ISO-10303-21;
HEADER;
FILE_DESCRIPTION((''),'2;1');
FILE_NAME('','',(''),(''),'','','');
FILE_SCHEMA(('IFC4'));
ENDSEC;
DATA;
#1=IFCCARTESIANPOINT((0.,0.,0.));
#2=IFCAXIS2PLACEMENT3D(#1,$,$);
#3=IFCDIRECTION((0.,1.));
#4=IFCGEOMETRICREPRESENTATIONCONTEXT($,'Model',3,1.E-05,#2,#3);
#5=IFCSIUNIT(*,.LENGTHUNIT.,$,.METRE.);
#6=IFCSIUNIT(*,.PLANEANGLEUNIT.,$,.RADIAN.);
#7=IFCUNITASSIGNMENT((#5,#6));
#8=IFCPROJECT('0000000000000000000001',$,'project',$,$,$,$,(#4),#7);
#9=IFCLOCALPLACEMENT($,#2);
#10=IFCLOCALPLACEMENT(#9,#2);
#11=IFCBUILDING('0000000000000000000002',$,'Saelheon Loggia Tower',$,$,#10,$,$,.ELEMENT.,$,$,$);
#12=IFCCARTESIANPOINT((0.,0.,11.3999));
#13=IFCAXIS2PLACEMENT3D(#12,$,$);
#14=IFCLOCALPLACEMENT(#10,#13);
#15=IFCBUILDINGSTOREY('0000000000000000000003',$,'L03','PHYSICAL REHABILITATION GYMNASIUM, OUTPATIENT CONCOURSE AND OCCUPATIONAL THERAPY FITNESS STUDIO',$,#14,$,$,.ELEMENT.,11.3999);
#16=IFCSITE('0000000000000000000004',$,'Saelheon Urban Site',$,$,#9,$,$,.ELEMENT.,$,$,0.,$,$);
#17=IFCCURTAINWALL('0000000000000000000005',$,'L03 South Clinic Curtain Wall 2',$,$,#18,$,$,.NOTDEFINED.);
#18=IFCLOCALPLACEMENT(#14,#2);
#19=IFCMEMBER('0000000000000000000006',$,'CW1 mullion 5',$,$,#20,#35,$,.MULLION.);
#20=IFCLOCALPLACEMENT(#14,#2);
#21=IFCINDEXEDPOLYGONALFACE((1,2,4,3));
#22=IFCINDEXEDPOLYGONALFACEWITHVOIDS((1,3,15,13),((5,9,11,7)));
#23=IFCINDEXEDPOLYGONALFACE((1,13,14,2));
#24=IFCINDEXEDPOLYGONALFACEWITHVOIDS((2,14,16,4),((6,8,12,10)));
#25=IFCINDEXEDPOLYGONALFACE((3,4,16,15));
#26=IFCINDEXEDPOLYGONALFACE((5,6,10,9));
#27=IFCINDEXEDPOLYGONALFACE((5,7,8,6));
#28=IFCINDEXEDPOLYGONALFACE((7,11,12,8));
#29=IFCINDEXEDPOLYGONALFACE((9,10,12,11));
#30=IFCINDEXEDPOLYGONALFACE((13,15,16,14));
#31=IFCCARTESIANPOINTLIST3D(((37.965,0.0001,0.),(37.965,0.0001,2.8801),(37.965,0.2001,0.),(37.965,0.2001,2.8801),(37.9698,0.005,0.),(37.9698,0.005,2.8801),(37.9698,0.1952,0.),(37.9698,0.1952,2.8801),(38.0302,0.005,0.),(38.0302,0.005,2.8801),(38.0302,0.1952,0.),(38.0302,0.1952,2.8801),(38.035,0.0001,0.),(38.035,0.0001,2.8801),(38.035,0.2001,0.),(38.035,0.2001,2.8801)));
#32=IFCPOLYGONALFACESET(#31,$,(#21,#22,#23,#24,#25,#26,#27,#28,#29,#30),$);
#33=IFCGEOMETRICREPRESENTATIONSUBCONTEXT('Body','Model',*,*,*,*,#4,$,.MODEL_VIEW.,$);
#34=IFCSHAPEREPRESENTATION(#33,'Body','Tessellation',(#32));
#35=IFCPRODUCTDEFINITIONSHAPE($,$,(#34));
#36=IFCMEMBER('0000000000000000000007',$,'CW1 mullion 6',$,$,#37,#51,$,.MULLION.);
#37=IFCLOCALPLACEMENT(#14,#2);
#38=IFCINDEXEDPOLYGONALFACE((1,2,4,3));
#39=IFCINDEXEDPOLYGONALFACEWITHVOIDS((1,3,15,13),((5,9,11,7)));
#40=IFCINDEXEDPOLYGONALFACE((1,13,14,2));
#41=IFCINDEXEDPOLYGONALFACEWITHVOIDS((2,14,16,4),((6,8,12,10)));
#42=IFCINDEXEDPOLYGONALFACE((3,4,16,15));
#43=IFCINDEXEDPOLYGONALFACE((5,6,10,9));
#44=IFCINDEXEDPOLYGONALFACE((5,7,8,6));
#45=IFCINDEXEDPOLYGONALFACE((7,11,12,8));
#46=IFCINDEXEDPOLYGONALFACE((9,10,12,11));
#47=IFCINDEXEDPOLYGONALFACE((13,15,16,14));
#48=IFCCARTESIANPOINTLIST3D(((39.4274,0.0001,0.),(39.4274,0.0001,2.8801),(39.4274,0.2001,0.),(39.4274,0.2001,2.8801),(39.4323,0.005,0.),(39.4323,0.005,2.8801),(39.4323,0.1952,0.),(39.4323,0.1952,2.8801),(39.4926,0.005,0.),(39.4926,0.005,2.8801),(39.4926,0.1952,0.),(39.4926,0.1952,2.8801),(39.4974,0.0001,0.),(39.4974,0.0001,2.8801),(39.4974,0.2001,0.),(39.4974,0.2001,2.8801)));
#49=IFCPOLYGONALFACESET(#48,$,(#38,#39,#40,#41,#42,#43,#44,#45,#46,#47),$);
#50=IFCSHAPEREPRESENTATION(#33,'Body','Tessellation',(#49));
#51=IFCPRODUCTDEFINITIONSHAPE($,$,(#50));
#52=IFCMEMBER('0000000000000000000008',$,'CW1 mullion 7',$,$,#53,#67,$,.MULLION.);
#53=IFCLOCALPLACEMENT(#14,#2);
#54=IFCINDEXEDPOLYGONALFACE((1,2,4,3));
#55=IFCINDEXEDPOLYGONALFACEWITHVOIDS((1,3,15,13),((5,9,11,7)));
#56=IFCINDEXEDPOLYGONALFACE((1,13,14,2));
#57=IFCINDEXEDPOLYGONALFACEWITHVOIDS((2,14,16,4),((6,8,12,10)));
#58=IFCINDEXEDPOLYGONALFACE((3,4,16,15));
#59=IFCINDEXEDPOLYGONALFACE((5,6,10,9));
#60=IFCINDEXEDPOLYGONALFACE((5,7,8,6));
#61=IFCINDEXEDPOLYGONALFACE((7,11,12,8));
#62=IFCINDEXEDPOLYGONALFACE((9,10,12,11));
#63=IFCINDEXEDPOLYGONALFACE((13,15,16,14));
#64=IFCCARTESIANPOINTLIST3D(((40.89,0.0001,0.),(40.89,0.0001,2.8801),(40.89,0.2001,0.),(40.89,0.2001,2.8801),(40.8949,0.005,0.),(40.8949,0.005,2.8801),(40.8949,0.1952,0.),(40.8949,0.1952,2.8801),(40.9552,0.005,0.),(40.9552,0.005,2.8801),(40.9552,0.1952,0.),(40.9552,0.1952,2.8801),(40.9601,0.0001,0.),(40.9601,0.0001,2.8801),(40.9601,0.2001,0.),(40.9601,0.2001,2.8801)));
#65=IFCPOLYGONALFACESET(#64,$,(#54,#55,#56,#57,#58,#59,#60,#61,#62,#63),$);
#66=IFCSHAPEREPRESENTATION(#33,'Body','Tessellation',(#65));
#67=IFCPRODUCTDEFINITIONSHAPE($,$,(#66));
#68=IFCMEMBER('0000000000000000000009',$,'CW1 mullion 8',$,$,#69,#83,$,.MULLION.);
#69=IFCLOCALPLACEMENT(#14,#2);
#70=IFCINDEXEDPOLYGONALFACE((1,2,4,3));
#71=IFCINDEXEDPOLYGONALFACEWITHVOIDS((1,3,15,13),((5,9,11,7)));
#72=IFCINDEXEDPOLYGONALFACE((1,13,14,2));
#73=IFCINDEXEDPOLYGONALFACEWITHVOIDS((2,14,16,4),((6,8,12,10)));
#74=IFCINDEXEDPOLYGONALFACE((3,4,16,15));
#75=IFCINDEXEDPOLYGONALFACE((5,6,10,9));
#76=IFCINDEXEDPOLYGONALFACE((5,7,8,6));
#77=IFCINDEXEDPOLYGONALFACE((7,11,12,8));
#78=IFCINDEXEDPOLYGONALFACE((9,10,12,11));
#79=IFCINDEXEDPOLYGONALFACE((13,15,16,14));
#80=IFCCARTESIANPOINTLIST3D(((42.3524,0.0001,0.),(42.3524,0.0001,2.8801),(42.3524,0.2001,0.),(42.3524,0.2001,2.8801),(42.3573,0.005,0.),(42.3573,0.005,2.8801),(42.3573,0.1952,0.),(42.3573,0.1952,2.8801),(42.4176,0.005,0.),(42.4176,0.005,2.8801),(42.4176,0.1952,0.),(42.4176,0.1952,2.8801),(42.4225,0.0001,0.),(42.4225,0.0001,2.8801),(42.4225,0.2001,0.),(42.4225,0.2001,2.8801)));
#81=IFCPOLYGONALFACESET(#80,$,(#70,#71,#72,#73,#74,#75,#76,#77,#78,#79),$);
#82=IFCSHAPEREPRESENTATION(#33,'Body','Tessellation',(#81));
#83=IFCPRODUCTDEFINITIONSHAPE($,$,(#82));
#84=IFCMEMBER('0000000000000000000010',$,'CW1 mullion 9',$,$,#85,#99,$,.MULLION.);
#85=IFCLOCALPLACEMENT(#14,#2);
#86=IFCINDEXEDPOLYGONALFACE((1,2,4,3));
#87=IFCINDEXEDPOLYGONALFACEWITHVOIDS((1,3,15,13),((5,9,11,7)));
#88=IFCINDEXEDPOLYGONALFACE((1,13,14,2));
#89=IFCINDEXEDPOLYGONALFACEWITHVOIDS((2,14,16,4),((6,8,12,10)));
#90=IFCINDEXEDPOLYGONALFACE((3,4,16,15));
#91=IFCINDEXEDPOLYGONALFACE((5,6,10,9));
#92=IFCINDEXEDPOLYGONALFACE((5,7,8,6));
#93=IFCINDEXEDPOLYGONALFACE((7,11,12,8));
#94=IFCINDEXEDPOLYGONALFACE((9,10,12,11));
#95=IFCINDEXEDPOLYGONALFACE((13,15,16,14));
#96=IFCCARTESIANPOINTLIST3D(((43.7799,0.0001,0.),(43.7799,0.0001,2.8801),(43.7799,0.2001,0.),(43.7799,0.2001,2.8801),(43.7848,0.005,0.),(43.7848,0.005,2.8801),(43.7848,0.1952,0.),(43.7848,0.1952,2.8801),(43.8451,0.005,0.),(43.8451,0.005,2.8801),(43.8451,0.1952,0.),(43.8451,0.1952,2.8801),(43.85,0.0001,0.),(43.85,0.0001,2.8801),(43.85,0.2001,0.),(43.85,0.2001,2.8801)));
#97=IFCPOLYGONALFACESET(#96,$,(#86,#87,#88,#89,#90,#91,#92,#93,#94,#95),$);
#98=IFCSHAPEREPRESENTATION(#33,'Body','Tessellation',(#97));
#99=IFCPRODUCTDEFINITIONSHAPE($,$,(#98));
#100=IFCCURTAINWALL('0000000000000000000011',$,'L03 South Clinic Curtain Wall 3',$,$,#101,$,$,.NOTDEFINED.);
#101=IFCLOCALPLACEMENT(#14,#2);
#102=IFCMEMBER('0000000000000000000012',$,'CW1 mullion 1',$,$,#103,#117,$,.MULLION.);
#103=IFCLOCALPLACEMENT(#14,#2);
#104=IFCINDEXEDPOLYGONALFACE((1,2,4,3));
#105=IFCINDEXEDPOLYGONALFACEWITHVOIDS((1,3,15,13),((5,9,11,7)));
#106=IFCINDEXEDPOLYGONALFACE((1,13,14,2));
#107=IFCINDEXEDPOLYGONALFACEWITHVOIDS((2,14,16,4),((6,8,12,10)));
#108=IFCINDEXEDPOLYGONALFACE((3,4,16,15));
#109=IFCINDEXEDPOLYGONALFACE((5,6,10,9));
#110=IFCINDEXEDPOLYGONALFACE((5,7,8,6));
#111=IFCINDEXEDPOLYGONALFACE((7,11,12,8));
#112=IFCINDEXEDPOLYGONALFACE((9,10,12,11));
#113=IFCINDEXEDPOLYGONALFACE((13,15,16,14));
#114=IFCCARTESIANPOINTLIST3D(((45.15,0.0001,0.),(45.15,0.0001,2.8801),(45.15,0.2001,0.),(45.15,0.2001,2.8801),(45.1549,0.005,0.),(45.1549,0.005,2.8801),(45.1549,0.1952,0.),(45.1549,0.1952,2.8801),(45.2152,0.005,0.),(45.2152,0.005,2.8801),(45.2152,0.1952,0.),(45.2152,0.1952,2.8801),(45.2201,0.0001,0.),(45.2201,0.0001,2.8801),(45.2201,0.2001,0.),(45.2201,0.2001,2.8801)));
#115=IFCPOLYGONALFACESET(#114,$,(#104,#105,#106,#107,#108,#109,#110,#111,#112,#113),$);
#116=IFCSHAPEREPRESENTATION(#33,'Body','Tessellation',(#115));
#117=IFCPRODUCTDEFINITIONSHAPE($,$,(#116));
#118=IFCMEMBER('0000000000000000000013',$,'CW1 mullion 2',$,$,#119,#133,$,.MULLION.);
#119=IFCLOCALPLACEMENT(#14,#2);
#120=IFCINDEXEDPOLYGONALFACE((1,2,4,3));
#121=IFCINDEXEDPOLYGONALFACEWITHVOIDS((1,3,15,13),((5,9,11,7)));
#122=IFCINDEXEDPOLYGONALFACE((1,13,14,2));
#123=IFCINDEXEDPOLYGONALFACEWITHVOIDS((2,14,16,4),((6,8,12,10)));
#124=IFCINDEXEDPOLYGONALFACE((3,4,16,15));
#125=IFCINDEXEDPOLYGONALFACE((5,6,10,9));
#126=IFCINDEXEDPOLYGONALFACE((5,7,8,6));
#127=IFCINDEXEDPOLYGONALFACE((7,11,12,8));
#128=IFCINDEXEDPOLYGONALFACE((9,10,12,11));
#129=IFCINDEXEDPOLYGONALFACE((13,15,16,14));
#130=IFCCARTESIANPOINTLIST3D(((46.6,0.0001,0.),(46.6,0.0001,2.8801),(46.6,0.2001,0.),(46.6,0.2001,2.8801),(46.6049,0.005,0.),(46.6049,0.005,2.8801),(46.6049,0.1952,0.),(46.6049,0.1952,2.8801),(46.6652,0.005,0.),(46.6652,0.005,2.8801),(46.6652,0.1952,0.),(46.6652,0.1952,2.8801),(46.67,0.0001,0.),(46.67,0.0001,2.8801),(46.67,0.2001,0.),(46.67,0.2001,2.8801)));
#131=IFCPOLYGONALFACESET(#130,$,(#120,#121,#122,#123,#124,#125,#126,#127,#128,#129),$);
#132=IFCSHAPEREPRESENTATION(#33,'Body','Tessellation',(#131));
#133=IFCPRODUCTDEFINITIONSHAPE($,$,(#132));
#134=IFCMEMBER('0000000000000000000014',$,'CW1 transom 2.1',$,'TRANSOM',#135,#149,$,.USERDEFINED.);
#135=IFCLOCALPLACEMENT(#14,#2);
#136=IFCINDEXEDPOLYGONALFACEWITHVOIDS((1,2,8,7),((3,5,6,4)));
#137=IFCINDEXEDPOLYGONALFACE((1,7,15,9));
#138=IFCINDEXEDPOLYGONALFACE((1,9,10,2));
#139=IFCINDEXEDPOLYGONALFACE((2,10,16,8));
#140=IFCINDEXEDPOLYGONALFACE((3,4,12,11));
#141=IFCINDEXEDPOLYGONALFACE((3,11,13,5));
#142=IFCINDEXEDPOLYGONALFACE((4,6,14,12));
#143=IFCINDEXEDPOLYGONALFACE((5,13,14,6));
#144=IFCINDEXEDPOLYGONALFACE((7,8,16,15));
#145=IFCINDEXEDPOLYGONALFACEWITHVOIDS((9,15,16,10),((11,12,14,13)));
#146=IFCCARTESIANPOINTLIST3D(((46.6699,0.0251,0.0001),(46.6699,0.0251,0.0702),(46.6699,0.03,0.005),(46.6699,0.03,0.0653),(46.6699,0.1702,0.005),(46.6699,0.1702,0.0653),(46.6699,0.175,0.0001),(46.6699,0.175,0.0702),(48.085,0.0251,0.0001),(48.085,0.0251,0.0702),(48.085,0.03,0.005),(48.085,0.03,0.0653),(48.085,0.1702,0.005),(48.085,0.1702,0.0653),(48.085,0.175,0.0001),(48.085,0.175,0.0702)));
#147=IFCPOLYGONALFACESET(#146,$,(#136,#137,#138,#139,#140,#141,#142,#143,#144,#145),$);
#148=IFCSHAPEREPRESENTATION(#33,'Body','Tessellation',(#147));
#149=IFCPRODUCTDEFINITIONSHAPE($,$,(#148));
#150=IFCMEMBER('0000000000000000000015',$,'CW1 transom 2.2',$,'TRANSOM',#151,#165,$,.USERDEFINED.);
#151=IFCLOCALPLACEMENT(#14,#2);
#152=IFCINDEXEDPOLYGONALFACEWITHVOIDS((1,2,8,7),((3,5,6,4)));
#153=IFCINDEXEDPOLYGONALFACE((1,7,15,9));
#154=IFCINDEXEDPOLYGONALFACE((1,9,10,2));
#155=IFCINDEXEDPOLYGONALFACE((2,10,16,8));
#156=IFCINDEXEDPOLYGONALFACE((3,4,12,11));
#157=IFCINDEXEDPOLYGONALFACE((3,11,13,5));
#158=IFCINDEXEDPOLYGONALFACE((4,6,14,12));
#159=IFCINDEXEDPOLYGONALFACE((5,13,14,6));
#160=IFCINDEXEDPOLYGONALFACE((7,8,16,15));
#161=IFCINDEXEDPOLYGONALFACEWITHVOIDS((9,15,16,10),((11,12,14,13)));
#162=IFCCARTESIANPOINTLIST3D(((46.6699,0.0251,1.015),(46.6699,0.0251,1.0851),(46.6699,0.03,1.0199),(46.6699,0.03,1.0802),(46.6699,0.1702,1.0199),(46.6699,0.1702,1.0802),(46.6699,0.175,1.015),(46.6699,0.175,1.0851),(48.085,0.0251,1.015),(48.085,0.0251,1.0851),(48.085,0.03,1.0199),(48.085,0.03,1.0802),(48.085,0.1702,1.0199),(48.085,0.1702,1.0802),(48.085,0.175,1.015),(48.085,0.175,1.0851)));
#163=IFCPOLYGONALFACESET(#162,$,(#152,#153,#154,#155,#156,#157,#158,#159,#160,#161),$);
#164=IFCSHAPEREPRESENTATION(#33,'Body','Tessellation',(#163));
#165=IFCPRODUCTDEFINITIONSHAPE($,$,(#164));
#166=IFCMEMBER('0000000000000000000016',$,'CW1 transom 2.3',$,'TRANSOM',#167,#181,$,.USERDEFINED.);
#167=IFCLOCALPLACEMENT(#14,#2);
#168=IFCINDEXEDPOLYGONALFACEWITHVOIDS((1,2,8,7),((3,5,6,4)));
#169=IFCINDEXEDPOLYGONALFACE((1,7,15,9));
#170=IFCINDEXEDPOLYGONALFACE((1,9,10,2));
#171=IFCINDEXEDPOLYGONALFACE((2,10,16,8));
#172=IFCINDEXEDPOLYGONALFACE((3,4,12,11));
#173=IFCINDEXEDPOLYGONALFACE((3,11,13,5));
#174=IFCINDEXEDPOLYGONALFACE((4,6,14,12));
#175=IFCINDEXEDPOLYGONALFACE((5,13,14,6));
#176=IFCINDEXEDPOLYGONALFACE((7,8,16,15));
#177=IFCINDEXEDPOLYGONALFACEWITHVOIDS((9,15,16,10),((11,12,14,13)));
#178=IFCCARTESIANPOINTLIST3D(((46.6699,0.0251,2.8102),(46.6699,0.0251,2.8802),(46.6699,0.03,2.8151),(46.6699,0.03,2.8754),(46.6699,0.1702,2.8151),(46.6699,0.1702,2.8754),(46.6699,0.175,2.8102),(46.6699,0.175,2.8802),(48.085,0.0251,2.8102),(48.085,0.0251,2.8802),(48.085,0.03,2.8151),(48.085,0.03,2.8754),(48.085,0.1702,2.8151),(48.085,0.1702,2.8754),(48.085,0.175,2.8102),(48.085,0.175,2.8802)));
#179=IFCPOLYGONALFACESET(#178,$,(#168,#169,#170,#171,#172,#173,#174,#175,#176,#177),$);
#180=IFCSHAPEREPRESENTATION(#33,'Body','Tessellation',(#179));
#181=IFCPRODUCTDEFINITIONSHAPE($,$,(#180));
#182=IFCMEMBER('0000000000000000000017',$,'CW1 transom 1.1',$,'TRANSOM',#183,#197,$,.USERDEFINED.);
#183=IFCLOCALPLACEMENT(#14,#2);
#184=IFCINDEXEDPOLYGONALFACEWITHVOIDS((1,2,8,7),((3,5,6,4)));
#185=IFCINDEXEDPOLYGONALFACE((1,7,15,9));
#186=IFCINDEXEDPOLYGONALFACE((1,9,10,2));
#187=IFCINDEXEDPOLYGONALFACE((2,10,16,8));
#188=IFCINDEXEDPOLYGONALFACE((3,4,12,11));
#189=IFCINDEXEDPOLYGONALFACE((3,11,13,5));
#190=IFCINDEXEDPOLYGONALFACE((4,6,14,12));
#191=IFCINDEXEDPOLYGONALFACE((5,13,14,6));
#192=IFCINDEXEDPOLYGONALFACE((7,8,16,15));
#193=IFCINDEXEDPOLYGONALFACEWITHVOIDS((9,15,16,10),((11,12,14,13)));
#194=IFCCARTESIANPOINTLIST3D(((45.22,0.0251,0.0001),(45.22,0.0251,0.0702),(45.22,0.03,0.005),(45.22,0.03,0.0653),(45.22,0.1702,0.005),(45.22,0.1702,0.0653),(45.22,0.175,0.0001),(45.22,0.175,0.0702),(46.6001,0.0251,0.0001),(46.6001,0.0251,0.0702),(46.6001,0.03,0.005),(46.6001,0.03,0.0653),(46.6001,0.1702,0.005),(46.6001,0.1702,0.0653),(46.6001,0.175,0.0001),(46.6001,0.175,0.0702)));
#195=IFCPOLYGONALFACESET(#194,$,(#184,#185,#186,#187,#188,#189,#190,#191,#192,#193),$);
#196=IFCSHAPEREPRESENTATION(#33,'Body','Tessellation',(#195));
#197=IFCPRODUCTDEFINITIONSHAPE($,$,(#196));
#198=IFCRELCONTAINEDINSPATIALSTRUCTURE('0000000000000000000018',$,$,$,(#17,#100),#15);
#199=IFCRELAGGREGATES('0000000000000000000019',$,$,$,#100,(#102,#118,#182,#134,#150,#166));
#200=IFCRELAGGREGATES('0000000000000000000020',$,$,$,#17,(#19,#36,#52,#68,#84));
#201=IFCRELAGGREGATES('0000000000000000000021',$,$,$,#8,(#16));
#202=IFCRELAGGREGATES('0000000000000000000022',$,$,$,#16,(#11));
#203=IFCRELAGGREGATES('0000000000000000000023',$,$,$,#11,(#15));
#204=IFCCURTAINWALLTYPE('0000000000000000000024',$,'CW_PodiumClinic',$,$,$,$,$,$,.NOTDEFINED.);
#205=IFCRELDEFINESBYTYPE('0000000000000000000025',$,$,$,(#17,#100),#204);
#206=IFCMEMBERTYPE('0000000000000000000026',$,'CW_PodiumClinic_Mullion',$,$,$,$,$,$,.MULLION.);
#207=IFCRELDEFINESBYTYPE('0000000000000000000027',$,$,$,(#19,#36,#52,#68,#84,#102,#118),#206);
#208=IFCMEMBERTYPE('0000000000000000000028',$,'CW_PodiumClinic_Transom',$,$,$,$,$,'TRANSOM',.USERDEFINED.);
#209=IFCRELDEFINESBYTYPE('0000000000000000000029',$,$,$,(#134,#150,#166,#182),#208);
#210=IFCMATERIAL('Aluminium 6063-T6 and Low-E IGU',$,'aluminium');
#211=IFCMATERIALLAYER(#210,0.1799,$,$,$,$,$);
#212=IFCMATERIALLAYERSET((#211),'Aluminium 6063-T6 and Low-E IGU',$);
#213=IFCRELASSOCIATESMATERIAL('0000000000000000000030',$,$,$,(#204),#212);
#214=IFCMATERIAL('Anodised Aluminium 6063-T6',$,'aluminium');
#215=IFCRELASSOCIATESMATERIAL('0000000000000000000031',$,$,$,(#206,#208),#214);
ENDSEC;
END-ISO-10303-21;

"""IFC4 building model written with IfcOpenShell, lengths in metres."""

from ifc_helpers import new_model, si_unit, direction, frame, origin, origin_2d, place, context, subcontext, project, spatial, hollow_rectangle, extrude, source, transform, mapped, material, layer, layer_set, material_profile, profile_set, type_object, element, aggregate, save


model = new_model("IFC4")

# Units and contexts
model_context = context("Model", 3, precision=1e-05, world=origin(), true_north=direction((0.0, 1.0)))
body_context = subcontext(model_context, "Body", "Model", "MODEL_VIEW")
ifc_project = project(units=[si_unit("LENGTHUNIT", "METRE"), si_unit("PLANEANGLEUNIT", "RADIAN")], contexts=[model_context])

# Site, building, storey
site_placement = place(None, origin())
site = spatial("IfcSite", under=ifc_project, at=site_placement, Name="Saelheon Urban Site", CompositionType="ELEMENT", RefElevation=0.0)
building_placement = place(site_placement, origin())
building = spatial("IfcBuilding", under=site, at=building_placement, Name="Saelheon Loggia Tower", CompositionType="ELEMENT")
storey_placement = place(building_placement, frame((0.0, 0.0, 11.3999)))
storey = spatial("IfcBuildingStorey", under=building, at=storey_placement, Name="L03", Description="PHYSICAL REHABILITATION GYMNASIUM, OUTPATIENT CONCOURSE AND OCCUPATIONAL THERAPY FITNESS STUDIO", CompositionType="ELEMENT", Elevation=11.3999)

# Curtain walls, members
ifc_material_1 = material(Name="Aluminium 6063-T6 and Low-E IGU", Category="aluminium")
ifc_layer_1 = layer(ifc_material_1, 0.1799)
ifc_layer_set_1 = layer_set([ifc_layer_1], Name="Aluminium 6063-T6 and Low-E IGU")
curtain_wall_type = type_object("IfcCurtainWallType", Name="CW_PodiumClinic", PredefinedType="NOTDEFINED", material=ifc_layer_set_1)
curtain_wall_1_placement = place(storey_placement, origin())
curtain_wall_1 = element("IfcCurtainWall", 1, at=curtain_wall_1_placement, inside=storey, type_object=curtain_wall_type, Name="L03 South Clinic Curtain Wall 2", PredefinedType="NOTDEFINED")
ifc_material_2 = material(Name="Anodised Aluminium 6063-T6", Category="aluminium")
ifc_material_profile_1 = material_profile(ifc_material_2, hollow_rectangle(XDim=0.0701, YDim=0.2, WallThickness=0.0049, at=origin_2d()), Name="RHS-200x70x5")
ifc_profile_set_1 = profile_set([ifc_material_profile_1], Name="Anodised Aluminium 6063-T6")
member_type_1 = type_object("IfcMemberType", Name="CW_PodiumClinic_Mullion", PredefinedType="MULLION", material=ifc_profile_set_1)
shared_shape_1 = source(origin(), body_context, "Body", "SweptSolid", [
    extrude(hollow_rectangle(XDim=0.0701, YDim=0.2, WallThickness=0.0049, at=origin_2d()), origin(), (0.0, 0.0, 1.0), 2.8801),
])
member_1_placement = place(storey_placement, frame((38.0, 0.1001, 0.0), z_axis=(0.0, 0.0, 1.0), x_axis=(1.0, 0.0, 0.0)))
member_1 = element("IfcMember", 2, at=member_1_placement, type_object=member_type_1, Name="CW1 mullion 5", PredefinedType="MULLION", context=body_context, shape_type="MappedRepresentation", body=[
    mapped(shared_shape_1, transform((0.0, 0.0, 0.0), scale=1.0)),
])
member_2_placement = place(storey_placement, frame((39.4624, 0.1001, 0.0), z_axis=(0.0, 0.0, 1.0), x_axis=(1.0, 0.0, 0.0)))
member_2 = element("IfcMember", 3, at=member_2_placement, type_object=member_type_1, Name="CW1 mullion 6", PredefinedType="MULLION", context=body_context, shape_type="MappedRepresentation", body=[
    mapped(shared_shape_1, transform((0.0, 0.0, 0.0), scale=1.0)),
])
member_3_placement = place(storey_placement, frame((40.925, 0.1001, 0.0), z_axis=(0.0, 0.0, 1.0), x_axis=(1.0, 0.0, 0.0)))
member_3 = element("IfcMember", 4, at=member_3_placement, type_object=member_type_1, Name="CW1 mullion 7", PredefinedType="MULLION", context=body_context, shape_type="MappedRepresentation", body=[
    mapped(shared_shape_1, transform((0.0, 0.0, 0.0), scale=1.0)),
])
member_4_placement = place(storey_placement, frame((42.3875, 0.1001, 0.0), z_axis=(0.0, 0.0, 1.0), x_axis=(1.0, 0.0, 0.0)))
member_4 = element("IfcMember", 5, at=member_4_placement, type_object=member_type_1, Name="CW1 mullion 8", PredefinedType="MULLION", context=body_context, shape_type="MappedRepresentation", body=[
    mapped(shared_shape_1, transform((0.0, 0.0, 0.0), scale=1.0)),
])
member_5_placement = place(storey_placement, frame((43.8149, 0.1001, 0.0), z_axis=(0.0, 0.0, 1.0), x_axis=(1.0, 0.0, 0.0)))
member_5 = element("IfcMember", 6, at=member_5_placement, type_object=member_type_1, Name="CW1 mullion 9", PredefinedType="MULLION", context=body_context, shape_type="MappedRepresentation", body=[
    mapped(shared_shape_1, transform((0.0, 0.0, 0.0), scale=1.0)),
])
curtain_wall_2_placement = place(storey_placement, origin())
curtain_wall_2 = element("IfcCurtainWall", 7, at=curtain_wall_2_placement, inside=storey, type_object=curtain_wall_type, Name="L03 South Clinic Curtain Wall 3", PredefinedType="NOTDEFINED")
member_6_placement = place(storey_placement, frame((45.1851, 0.1001, 0.0), z_axis=(0.0, 0.0, 1.0), x_axis=(1.0, 0.0, 0.0)))
member_6 = element("IfcMember", 8, at=member_6_placement, type_object=member_type_1, Name="CW1 mullion 1", PredefinedType="MULLION", context=body_context, shape_type="MappedRepresentation", body=[
    mapped(shared_shape_1, transform((0.0, 0.0, 0.0), scale=1.0)),
])
member_7_placement = place(storey_placement, frame((46.635, 0.1001, 0.0), z_axis=(0.0, 0.0, 1.0), x_axis=(1.0, 0.0, 0.0)))
member_7 = element("IfcMember", 9, at=member_7_placement, type_object=member_type_1, Name="CW1 mullion 2", PredefinedType="MULLION", context=body_context, shape_type="MappedRepresentation", body=[
    mapped(shared_shape_1, transform((0.0, 0.0, 0.0), scale=1.0)),
])
ifc_material_profile_2 = material_profile(ifc_material_2, hollow_rectangle(XDim=0.0701, YDim=0.1499, WallThickness=0.0049, at=origin_2d()), Name="RHS-150x70x5")
ifc_profile_set_2 = profile_set([ifc_material_profile_2], Name="Anodised Aluminium 6063-T6")
member_type_2 = type_object("IfcMemberType", Name="CW_PodiumClinic_Transom", ElementType="TRANSOM", PredefinedType="USERDEFINED", material=ifc_profile_set_2)
shared_shape_2 = source(origin(), body_context, "Body", "SweptSolid", [
    extrude(hollow_rectangle(XDim=0.0701, YDim=0.1499, WallThickness=0.0049, at=origin_2d()), origin(), (0.0, 0.0, 1.0), 1.415),
])
member_8_placement = place(storey_placement, frame((46.6699, 0.1001, 0.0352), z_axis=(1.0, 0.0, 0.0), x_axis=(0.0, 0.0, 1.0)))
member_8 = element("IfcMember", 10, at=member_8_placement, type_object=member_type_2, Name="CW1 transom 2.1", ObjectType="TRANSOM", PredefinedType="USERDEFINED", context=body_context, shape_type="MappedRepresentation", body=[
    mapped(shared_shape_2, transform((0.0, 0.0, 0.0), scale=1.0)),
])
member_9_placement = place(storey_placement, frame((46.6699, 0.1001, 1.05), z_axis=(1.0, 0.0, 0.0), x_axis=(0.0, 0.0, 1.0)))
member_9 = element("IfcMember", 11, at=member_9_placement, type_object=member_type_2, Name="CW1 transom 2.2", ObjectType="TRANSOM", PredefinedType="USERDEFINED", context=body_context, shape_type="MappedRepresentation", body=[
    mapped(shared_shape_2, transform((0.0, 0.0, 0.0), scale=1.0)),
])
member_10_placement = place(storey_placement, frame((46.6699, 0.1001, 2.8452), z_axis=(1.0, 0.0, 0.0), x_axis=(0.0, 0.0, 1.0)))
member_10 = element("IfcMember", 12, at=member_10_placement, type_object=member_type_2, Name="CW1 transom 2.3", ObjectType="TRANSOM", PredefinedType="USERDEFINED", context=body_context, shape_type="MappedRepresentation", body=[
    mapped(shared_shape_2, transform((0.0, 0.0, 0.0), scale=1.0)),
])
shared_shape_3 = source(origin(), body_context, "Body", "SweptSolid", [
    extrude(hollow_rectangle(XDim=0.0701, YDim=0.1499, WallThickness=0.0049, at=origin_2d()), origin(), (0.0, 0.0, 1.0), 1.3801),
])
member_11_placement = place(storey_placement, frame((45.22, 0.1001, 0.0352), z_axis=(1.0, 0.0, 0.0), x_axis=(0.0, 0.0, 1.0)))
member_11 = element("IfcMember", 13, at=member_11_placement, type_object=member_type_2, Name="CW1 transom 1.1", ObjectType="TRANSOM", PredefinedType="USERDEFINED", context=body_context, shape_type="MappedRepresentation", body=[
    mapped(shared_shape_3, transform((0.0, 0.0, 0.0), scale=1.0)),
])

aggregate(curtain_wall_2, [member_6, member_7, member_11, member_8, member_9, member_10])
aggregate(curtain_wall_1, [member_1, member_2, member_3, member_4, member_5])

save(model, "model.ifc")
